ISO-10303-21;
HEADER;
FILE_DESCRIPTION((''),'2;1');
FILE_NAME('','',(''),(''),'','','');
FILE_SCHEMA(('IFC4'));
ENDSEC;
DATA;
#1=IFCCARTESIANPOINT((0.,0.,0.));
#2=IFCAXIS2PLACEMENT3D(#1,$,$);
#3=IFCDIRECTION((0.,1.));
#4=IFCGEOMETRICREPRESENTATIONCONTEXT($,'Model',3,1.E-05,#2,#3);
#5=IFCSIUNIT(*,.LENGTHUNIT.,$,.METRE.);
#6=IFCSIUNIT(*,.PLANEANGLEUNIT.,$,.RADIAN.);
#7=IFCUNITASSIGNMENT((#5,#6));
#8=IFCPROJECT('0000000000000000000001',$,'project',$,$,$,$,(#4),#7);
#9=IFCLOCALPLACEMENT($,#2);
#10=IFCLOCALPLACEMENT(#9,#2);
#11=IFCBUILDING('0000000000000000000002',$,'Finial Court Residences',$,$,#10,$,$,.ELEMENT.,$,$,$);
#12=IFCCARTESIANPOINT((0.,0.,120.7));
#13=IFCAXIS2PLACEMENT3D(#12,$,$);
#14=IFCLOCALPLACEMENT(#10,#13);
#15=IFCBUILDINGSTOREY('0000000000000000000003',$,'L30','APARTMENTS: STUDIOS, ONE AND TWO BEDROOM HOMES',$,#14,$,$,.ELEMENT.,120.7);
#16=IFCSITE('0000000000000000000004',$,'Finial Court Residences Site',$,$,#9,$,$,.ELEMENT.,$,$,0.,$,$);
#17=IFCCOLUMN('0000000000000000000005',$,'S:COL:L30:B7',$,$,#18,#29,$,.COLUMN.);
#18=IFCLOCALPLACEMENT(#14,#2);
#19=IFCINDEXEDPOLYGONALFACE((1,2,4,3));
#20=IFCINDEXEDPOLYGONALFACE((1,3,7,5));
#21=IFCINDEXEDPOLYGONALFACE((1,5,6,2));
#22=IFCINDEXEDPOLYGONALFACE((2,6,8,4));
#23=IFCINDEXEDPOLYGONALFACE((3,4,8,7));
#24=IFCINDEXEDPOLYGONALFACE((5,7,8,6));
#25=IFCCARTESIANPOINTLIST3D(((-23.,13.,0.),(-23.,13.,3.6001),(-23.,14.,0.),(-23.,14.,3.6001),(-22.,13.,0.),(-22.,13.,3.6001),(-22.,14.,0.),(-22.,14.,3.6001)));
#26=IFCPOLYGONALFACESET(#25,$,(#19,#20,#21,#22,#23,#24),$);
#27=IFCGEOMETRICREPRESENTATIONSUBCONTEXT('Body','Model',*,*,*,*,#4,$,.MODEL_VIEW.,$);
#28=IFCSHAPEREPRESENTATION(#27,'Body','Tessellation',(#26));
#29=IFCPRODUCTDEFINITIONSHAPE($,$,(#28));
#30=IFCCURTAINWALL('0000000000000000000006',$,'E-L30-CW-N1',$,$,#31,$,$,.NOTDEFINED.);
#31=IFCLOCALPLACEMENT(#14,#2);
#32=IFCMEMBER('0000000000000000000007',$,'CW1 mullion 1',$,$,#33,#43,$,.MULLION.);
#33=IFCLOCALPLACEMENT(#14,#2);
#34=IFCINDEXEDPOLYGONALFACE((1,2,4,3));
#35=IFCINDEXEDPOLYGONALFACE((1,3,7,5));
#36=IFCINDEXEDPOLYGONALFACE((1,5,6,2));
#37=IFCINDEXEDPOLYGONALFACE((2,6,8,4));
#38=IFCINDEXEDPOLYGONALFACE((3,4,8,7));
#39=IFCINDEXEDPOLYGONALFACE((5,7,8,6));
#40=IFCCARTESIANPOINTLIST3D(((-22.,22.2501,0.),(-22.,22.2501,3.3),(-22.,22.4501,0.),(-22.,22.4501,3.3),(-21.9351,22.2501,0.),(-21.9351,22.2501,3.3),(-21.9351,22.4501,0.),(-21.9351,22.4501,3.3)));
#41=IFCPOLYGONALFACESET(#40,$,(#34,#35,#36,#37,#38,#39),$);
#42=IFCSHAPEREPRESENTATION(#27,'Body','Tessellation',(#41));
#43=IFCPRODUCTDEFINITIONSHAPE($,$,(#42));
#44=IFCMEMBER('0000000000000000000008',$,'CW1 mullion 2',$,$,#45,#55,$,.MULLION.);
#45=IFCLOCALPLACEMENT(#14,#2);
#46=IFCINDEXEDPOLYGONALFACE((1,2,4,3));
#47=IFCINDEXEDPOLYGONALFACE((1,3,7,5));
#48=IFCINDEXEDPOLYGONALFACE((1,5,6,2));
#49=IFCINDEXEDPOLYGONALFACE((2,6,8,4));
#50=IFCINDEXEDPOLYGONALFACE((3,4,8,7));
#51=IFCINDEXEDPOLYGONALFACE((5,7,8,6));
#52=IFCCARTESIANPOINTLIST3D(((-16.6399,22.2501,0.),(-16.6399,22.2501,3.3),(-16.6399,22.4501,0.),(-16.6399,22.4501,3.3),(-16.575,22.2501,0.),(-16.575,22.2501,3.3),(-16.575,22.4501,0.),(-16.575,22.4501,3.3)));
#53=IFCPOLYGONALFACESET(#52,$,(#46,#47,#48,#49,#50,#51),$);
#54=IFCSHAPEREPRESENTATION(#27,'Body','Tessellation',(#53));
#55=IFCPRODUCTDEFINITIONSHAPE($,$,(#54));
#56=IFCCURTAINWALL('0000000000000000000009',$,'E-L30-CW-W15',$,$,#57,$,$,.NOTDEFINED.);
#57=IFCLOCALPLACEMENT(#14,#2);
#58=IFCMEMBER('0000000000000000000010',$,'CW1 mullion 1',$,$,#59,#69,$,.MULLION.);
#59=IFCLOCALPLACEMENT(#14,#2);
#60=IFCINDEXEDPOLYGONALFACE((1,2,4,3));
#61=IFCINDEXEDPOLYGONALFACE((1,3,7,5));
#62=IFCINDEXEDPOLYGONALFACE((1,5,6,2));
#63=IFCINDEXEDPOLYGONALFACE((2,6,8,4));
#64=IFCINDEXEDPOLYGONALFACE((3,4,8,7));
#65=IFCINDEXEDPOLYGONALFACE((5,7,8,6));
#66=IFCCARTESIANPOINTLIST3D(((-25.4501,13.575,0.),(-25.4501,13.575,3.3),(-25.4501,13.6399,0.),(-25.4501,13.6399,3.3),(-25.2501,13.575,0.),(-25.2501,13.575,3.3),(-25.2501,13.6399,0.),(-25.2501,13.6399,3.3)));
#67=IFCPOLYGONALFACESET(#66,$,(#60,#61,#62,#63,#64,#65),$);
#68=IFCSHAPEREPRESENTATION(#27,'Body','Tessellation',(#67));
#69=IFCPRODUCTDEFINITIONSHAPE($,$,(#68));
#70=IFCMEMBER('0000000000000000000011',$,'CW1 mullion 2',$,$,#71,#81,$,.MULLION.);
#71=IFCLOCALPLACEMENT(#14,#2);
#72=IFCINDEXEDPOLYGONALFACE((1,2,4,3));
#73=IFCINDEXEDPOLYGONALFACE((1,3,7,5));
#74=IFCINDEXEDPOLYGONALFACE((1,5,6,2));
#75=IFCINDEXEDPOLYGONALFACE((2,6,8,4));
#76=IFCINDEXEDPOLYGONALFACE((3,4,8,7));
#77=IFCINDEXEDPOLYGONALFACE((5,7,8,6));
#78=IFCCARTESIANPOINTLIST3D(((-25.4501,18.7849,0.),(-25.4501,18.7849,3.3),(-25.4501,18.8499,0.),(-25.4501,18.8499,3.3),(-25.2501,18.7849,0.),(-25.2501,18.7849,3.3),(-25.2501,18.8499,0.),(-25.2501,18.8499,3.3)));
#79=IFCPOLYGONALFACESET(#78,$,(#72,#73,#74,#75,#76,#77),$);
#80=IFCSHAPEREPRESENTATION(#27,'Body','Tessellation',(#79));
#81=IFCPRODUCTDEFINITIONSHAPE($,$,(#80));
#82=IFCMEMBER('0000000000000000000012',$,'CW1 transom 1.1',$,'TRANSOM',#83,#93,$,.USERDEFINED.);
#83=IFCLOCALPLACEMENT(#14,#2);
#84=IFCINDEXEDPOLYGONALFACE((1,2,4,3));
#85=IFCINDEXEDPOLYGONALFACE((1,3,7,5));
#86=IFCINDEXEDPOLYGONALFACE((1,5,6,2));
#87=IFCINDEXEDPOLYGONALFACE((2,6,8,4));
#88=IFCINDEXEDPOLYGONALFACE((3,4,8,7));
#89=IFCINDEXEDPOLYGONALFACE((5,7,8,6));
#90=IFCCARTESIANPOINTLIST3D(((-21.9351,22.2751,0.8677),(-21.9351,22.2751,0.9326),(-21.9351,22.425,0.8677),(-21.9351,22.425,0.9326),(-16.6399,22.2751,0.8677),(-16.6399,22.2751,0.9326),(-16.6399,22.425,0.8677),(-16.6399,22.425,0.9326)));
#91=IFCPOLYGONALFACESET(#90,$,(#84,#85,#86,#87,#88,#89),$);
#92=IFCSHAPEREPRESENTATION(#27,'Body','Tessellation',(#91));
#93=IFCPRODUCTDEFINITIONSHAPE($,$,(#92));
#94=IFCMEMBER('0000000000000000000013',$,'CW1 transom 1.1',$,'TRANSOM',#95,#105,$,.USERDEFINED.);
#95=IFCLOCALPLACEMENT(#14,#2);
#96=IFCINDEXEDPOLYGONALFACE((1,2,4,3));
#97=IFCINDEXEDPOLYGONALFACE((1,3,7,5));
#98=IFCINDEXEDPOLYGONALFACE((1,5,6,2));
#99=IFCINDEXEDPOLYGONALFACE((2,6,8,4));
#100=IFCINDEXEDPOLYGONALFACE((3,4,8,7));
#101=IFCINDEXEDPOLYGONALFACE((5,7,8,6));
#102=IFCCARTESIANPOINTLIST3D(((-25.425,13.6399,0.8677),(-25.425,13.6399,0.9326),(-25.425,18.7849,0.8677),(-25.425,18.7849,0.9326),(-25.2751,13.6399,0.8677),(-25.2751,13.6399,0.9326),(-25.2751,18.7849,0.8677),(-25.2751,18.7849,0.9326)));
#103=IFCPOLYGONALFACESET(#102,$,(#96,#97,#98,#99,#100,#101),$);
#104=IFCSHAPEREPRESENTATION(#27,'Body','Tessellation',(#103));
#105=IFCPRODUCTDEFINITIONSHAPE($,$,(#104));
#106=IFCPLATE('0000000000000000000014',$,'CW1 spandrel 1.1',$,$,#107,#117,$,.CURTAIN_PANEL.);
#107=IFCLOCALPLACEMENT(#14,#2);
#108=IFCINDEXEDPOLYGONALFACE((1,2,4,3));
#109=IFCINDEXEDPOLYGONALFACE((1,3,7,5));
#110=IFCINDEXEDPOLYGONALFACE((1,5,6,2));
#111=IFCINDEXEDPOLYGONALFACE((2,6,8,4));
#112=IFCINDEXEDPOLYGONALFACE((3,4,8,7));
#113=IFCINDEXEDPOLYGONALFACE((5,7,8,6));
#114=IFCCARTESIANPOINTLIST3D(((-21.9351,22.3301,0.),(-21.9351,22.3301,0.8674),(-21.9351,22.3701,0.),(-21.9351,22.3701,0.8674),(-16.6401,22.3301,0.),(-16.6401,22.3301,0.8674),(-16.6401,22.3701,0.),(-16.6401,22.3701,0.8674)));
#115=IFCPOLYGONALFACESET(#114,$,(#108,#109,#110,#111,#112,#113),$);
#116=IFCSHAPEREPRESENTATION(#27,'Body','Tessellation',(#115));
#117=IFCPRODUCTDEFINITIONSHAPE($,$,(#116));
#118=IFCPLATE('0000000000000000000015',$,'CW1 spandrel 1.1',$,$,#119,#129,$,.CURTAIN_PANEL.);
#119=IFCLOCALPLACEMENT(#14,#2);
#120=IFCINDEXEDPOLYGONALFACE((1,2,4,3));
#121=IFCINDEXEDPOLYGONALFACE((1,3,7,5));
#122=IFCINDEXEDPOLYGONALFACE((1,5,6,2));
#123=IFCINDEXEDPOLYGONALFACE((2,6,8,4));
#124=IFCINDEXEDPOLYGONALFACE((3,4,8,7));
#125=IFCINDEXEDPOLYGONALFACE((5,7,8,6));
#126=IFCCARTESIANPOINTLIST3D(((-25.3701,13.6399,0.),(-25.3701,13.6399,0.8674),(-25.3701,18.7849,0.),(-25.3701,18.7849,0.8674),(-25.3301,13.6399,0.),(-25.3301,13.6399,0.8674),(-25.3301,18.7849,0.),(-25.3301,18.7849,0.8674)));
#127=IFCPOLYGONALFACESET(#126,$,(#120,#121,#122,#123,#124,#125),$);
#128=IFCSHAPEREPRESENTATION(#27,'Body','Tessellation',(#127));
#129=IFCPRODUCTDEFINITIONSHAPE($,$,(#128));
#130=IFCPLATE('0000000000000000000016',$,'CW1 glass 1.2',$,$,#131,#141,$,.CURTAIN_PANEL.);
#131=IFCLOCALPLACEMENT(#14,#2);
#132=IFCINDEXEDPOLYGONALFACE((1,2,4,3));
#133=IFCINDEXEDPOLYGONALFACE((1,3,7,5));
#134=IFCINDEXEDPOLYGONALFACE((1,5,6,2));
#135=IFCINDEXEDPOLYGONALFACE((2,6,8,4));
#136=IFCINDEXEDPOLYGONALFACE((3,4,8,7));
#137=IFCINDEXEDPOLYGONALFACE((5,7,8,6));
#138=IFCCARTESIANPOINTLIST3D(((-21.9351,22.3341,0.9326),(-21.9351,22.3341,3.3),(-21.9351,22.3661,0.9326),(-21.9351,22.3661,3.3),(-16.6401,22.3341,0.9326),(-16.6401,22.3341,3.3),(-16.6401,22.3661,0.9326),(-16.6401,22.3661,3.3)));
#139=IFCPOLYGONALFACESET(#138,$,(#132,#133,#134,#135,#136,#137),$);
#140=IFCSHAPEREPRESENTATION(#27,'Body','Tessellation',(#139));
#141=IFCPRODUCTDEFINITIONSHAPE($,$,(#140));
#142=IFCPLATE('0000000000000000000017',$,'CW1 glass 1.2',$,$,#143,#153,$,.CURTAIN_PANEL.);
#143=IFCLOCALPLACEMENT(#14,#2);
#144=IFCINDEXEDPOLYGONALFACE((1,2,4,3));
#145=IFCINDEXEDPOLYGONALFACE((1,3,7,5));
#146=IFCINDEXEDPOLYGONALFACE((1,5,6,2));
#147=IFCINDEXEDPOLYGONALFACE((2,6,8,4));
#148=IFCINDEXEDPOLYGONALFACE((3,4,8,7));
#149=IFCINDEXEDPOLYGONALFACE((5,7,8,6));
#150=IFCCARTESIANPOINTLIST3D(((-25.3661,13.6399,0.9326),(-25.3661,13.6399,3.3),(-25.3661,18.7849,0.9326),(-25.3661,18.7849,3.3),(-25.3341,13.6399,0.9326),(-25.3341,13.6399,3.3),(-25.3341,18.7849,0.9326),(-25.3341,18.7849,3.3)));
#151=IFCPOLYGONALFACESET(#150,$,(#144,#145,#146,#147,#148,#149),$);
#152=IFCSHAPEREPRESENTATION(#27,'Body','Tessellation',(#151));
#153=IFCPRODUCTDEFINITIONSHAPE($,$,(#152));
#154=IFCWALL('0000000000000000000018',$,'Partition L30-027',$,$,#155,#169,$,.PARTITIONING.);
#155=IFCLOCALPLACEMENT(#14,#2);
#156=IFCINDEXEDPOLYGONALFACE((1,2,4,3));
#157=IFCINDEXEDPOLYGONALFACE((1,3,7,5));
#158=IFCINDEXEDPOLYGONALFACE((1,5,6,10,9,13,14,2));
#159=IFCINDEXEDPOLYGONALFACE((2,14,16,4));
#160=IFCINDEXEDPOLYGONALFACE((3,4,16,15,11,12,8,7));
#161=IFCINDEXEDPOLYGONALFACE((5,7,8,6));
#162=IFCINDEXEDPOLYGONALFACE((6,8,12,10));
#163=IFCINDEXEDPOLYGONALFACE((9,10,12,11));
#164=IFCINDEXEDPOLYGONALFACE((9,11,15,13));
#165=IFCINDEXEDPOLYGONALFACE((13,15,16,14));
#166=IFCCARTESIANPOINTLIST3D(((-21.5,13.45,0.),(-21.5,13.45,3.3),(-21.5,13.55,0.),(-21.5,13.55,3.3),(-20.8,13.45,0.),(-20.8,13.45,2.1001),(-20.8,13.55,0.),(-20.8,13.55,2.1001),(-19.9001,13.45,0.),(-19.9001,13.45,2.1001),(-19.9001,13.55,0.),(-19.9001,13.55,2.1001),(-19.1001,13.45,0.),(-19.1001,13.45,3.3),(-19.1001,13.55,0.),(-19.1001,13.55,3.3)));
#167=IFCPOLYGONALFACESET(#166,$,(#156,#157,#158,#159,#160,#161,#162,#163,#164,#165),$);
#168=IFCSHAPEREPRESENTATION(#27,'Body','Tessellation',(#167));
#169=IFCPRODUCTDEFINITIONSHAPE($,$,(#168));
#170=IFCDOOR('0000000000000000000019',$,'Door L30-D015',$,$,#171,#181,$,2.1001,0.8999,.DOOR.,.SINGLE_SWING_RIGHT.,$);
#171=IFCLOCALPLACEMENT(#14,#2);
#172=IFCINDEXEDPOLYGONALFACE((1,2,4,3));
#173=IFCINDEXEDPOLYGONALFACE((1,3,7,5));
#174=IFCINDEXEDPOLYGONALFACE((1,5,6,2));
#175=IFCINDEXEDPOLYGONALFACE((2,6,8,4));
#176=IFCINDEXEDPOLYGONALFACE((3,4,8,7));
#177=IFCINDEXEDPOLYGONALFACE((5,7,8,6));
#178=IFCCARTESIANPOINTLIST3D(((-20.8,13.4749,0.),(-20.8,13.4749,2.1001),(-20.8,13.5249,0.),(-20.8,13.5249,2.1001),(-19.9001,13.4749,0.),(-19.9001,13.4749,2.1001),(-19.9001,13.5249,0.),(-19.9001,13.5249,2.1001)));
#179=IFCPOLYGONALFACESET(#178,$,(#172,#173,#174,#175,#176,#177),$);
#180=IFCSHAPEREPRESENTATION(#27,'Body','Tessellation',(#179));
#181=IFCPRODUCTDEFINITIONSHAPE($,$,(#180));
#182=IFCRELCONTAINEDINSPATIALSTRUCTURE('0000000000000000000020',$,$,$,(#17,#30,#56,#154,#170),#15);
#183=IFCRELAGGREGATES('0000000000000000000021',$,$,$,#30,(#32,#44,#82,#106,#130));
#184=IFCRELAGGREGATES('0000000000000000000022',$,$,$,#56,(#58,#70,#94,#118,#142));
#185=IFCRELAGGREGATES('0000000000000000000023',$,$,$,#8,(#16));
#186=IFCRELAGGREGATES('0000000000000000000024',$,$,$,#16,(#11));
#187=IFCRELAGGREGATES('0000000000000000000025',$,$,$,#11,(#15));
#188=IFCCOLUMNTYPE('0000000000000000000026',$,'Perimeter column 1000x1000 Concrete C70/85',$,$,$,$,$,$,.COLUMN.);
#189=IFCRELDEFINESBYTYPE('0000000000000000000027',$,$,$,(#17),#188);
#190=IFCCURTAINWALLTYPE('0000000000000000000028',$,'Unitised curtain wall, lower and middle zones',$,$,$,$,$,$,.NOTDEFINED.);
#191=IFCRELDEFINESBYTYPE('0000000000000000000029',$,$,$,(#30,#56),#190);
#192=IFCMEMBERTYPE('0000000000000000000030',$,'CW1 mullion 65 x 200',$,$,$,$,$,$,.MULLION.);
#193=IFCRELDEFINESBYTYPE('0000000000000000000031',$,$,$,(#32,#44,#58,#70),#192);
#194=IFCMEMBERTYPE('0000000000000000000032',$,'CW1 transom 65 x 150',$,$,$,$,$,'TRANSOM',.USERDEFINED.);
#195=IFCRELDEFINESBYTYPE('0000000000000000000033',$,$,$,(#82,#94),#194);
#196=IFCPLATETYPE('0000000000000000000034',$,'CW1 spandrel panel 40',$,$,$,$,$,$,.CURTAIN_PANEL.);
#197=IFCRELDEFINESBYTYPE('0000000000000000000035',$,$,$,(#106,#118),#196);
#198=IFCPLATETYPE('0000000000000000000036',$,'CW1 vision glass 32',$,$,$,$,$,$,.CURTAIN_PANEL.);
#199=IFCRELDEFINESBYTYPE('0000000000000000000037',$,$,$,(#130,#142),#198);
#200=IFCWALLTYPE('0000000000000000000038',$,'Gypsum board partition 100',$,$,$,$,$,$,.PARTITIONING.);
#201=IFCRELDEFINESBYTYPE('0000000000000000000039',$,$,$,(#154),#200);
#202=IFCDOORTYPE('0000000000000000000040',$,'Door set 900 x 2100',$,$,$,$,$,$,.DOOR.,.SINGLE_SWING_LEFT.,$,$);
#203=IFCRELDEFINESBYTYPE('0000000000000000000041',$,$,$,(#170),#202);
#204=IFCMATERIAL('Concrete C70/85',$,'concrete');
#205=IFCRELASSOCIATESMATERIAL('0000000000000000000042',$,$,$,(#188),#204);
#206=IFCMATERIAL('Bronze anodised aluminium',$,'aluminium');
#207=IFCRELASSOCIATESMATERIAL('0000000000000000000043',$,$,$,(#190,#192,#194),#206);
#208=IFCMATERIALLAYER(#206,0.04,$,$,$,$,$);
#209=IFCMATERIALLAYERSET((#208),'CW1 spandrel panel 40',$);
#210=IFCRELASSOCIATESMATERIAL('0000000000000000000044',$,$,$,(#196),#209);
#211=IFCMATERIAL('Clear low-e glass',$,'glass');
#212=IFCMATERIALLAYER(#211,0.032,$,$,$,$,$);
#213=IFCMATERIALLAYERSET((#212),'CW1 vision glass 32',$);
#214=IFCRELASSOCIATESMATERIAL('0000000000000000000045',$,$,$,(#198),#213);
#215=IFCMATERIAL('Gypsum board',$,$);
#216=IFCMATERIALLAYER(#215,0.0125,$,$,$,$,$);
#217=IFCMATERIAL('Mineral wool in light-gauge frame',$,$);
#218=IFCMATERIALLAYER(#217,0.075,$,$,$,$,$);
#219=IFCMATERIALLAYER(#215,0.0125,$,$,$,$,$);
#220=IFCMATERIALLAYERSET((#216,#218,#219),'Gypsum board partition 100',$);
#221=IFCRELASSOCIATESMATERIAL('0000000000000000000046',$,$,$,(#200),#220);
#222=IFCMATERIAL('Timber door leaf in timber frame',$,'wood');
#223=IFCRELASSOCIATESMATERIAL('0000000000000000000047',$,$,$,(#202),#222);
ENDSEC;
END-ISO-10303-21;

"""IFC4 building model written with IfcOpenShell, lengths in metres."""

from ifc_helpers import new_model, si_unit, direction, frame, frame_2d, origin, origin_2d, place, context, subcontext, project, spatial, rectangle, extrude, material, layer, layer_set, material_profile, profile_set, type_object, element, fill, aggregate, save


model = new_model("IFC4")

# Units and contexts
model_context = context("Model", 3, precision=1e-05, world=origin(), true_north=direction((0.0, 1.0)))
body_context = subcontext(model_context, "Body", "Model", "MODEL_VIEW")
ifc_project = project(units=[si_unit("LENGTHUNIT", "METRE"), si_unit("PLANEANGLEUNIT", "RADIAN")], contexts=[model_context])

# Site, building, storey
site_placement = place(None, origin())
site = spatial("IfcSite", under=ifc_project, at=site_placement, Name="Finial Court Residences Site", CompositionType="ELEMENT", RefElevation=0.0)
building_placement = place(site_placement, origin())
building = spatial("IfcBuilding", under=site, at=building_placement, Name="Finial Court Residences", CompositionType="ELEMENT")
storey_placement = place(building_placement, frame((0.0, 0.0, 120.7)))
storey = spatial("IfcBuildingStorey", under=building, at=storey_placement, Name="L30", Description="APARTMENTS: STUDIOS, ONE AND TWO BEDROOM HOMES", CompositionType="ELEMENT", Elevation=120.7)

# Column
ifc_material_1 = material(Name="Concrete C70/85", Category="concrete")
ifc_material_profile_1 = material_profile(ifc_material_1, rectangle(XDim=1.0, YDim=1.0, at=origin_2d()), Name="1000x1000")
ifc_profile_set_1 = profile_set([ifc_material_profile_1], Name="Concrete C70/85")
column_type = type_object("IfcColumnType", Name="Perimeter column 1000x1000 Concrete C70/85", PredefinedType="COLUMN", material=ifc_profile_set_1)
column_placement = place(storey_placement, frame((-22.5, 13.5, 0.0), z_axis=(0.0, 0.0, 1.0), x_axis=(1.0, 0.0, 0.0)))
element("IfcColumn", 1, at=column_placement, inside=storey, type_object=column_type, Name="S:COL:L30:B7", PredefinedType="COLUMN", context=body_context, shape_type="SweptSolid", body=[
    extrude(rectangle(XDim=1.0, YDim=1.0, at=origin_2d()), origin(), (0.0, 0.0, 1.0), 3.6001),
])

# Curtain walls, members
ifc_material_2 = material(Name="Bronze anodised aluminium", Category="aluminium")
curtain_wall_type = type_object("IfcCurtainWallType", Name="Unitised curtain wall, lower and middle zones", PredefinedType="NOTDEFINED", material=ifc_material_2)
curtain_wall_1_placement = place(storey_placement, origin())
curtain_wall_1 = element("IfcCurtainWall", 2, at=curtain_wall_1_placement, inside=storey, type_object=curtain_wall_type, Name="E-L30-CW-N1", PredefinedType="NOTDEFINED")
ifc_material_profile_2 = material_profile(ifc_material_2, rectangle(XDim=0.2, YDim=0.0649, at=origin_2d()), Name="CW1 mullion 65 x 200")
ifc_profile_set_2 = profile_set([ifc_material_profile_2], Name="Bronze anodised aluminium")
member_type_1 = type_object("IfcMemberType", Name="CW1 mullion 65 x 200", PredefinedType="MULLION", material=ifc_profile_set_2)
member_1_placement = place(storey_placement, frame((-21.9675, 22.3501, 0.0), z_axis=(0.0, 0.0, 1.0), x_axis=(0.0, 1.0, 0.0)))
member_1 = element("IfcMember", 3, at=member_1_placement, type_object=member_type_1, Name="CW1 mullion 1", PredefinedType="MULLION", context=body_context, shape_type="SweptSolid", body=[
    extrude(rectangle(XDim=0.2, YDim=0.0649, at=origin_2d()), origin(), (0.0, 0.0, 1.0), 3.3),
])
member_2_placement = place(storey_placement, frame((-16.6074, 22.3501, 0.0), z_axis=(0.0, 0.0, 1.0), x_axis=(0.0, 1.0, 0.0)))
member_2 = element("IfcMember", 4, at=member_2_placement, type_object=member_type_1, Name="CW1 mullion 2", PredefinedType="MULLION", context=body_context, shape_type="SweptSolid", body=[
    extrude(rectangle(XDim=0.2, YDim=0.0649, at=origin_2d()), origin(), (0.0, 0.0, 1.0), 3.3),
])
curtain_wall_2_placement = place(storey_placement, origin())
curtain_wall_2 = element("IfcCurtainWall", 5, at=curtain_wall_2_placement, inside=storey, type_object=curtain_wall_type, Name="E-L30-CW-W15", PredefinedType="NOTDEFINED")
member_3_placement = place(storey_placement, frame((-25.3501, 13.6074, 0.0), z_axis=(0.0, 0.0, 1.0), x_axis=(-1.0, 0.0, 0.0)))
member_3 = element("IfcMember", 6, at=member_3_placement, type_object=member_type_1, Name="CW1 mullion 1", PredefinedType="MULLION", context=body_context, shape_type="SweptSolid", body=[
    extrude(rectangle(XDim=0.2, YDim=0.0649, at=origin_2d()), origin(), (0.0, 0.0, 1.0), 3.3),
])
member_4_placement = place(storey_placement, frame((-25.3501, 18.8174, 0.0), z_axis=(0.0, 0.0, 1.0), x_axis=(-1.0, 0.0, 0.0)))
member_4 = element("IfcMember", 7, at=member_4_placement, type_object=member_type_1, Name="CW1 mullion 2", PredefinedType="MULLION", context=body_context, shape_type="SweptSolid", body=[
    extrude(rectangle(XDim=0.2, YDim=0.0649, at=origin_2d()), origin(), (0.0, 0.0, 1.0), 3.3),
])

# Members
ifc_material_profile_3 = material_profile(ifc_material_2, rectangle(XDim=0.1499, YDim=0.0649, at=origin_2d()), Name="CW1 transom 65 x 150")
ifc_profile_set_3 = profile_set([ifc_material_profile_3], Name="Bronze anodised aluminium")
member_type_2 = type_object("IfcMemberType", Name="CW1 transom 65 x 150", ElementType="TRANSOM", PredefinedType="USERDEFINED", material=ifc_profile_set_3)
member_5_placement = place(storey_placement, frame((-21.9351, 22.3501, 0.9001), z_axis=(1.0, 0.0, 0.0), x_axis=(0.0, 1.0, 0.0)))
member_5 = element("IfcMember", 8, at=member_5_placement, type_object=member_type_2, Name="CW1 transom 1.1", ObjectType="TRANSOM", PredefinedType="USERDEFINED", context=body_context, shape_type="SweptSolid", body=[
    extrude(rectangle(XDim=0.1499, YDim=0.0649, at=origin_2d()), origin(), (0.0, 0.0, 1.0), 5.2952),
])
member_6_placement = place(storey_placement, frame((-25.3501, 13.6399, 0.9001), z_axis=(0.0, 1.0, 0.0), x_axis=(-1.0, 0.0, 0.0)))
member_6 = element("IfcMember", 9, at=member_6_placement, type_object=member_type_2, Name="CW1 transom 1.1", ObjectType="TRANSOM", PredefinedType="USERDEFINED", context=body_context, shape_type="SweptSolid", body=[
    extrude(rectangle(XDim=0.1499, YDim=0.0649, at=origin_2d()), origin(), (0.0, 0.0, 1.0), 5.145),
])

# Plates
ifc_layer_1 = layer(ifc_material_2, 0.04)
ifc_layer_set_1 = layer_set([ifc_layer_1], Name="CW1 spandrel panel 40")
plate_type_1 = type_object("IfcPlateType", Name="CW1 spandrel panel 40", PredefinedType="CURTAIN_PANEL", material=ifc_layer_set_1)
plate_1_placement = place(storey_placement, frame((-19.2876, 22.3501, 0.0), z_axis=(0.0, 0.0, 1.0), x_axis=(1.0, 0.0, 0.0)))
plate_1 = element("IfcPlate", 10, at=plate_1_placement, type_object=plate_type_1, Name="CW1 spandrel 1.1", PredefinedType="CURTAIN_PANEL", context=body_context, shape_type="SweptSolid", body=[
    extrude(rectangle(XDim=5.2949, YDim=0.04, at=origin_2d()), origin(), (0.0, 0.0, 1.0), 0.8674),
])
plate_2_placement = place(storey_placement, frame((-25.3501, 16.2124, 0.0), z_axis=(0.0, 0.0, 1.0), x_axis=(0.0, 1.0, 0.0)))
plate_2 = element("IfcPlate", 11, at=plate_2_placement, type_object=plate_type_1, Name="CW1 spandrel 1.1", PredefinedType="CURTAIN_PANEL", context=body_context, shape_type="SweptSolid", body=[
    extrude(rectangle(XDim=5.145, YDim=0.04, at=origin_2d()), origin(), (0.0, 0.0, 1.0), 0.8674),
])
ifc_material_3 = material(Name="Clear low-e glass", Category="glass")
ifc_layer_2 = layer(ifc_material_3, 0.032)
ifc_layer_set_2 = layer_set([ifc_layer_2], Name="CW1 vision glass 32")
plate_type_2 = type_object("IfcPlateType", Name="CW1 vision glass 32", PredefinedType="CURTAIN_PANEL", material=ifc_layer_set_2)
plate_3_placement = place(storey_placement, frame((-19.2876, 22.3501, 0.9326), z_axis=(0.0, 0.0, 1.0), x_axis=(1.0, 0.0, 0.0)))
plate_3 = element("IfcPlate", 12, at=plate_3_placement, type_object=plate_type_2, Name="CW1 glass 1.2", PredefinedType="CURTAIN_PANEL", context=body_context, shape_type="SweptSolid", body=[
    extrude(rectangle(XDim=5.2949, YDim=0.032, at=origin_2d()), origin(), (0.0, 0.0, 1.0), 2.3674),
])
aggregate(curtain_wall_1, [member_1, member_2, member_5, plate_1, plate_3])
plate_4_placement = place(storey_placement, frame((-25.3501, 16.2124, 0.9326), z_axis=(0.0, 0.0, 1.0), x_axis=(0.0, 1.0, 0.0)))
plate_4 = element("IfcPlate", 13, at=plate_4_placement, type_object=plate_type_2, Name="CW1 glass 1.2", PredefinedType="CURTAIN_PANEL", context=body_context, shape_type="SweptSolid", body=[
    extrude(rectangle(XDim=5.145, YDim=0.032, at=origin_2d()), origin(), (0.0, 0.0, 1.0), 2.3674),
])
aggregate(curtain_wall_2, [member_3, member_4, member_6, plate_2, plate_4])

# Wall, opening, door
ifc_material_4 = material(Name="Gypsum board")
ifc_layer_3 = layer(ifc_material_4, 0.0125)
ifc_material_5 = material(Name="Mineral wool in light-gauge frame")
ifc_layer_4 = layer(ifc_material_5, 0.075)
ifc_layer_5 = layer(ifc_material_4, 0.0125)
ifc_layer_set_3 = layer_set([ifc_layer_3, ifc_layer_4, ifc_layer_5], Name="Gypsum board partition 100")
wall_type_1 = type_object("IfcWallType", Name="Gypsum board partition 100", PredefinedType="PARTITIONING", material=ifc_layer_set_3)
wall_1_placement = place(storey_placement, frame((-21.5, 13.5, 0.0), z_axis=(0.0, 0.0, 1.0), x_axis=(1.0, 0.0, 0.0)))
wall_1 = element("IfcWall", 14, at=wall_1_placement, inside=storey, type_object=wall_type_1, Name="Partition L30-027", PredefinedType="PARTITIONING", context=body_context, shape_type="SweptSolid", body=[
    extrude(rectangle(XDim=2.3999, YDim=0.1001, at=frame_2d((1.2, 0.0))), origin(), (0.0, 0.0, 1.0), 3.3),
])
opening_1_placement = place(wall_1_placement, frame((0.7, 0.0, 0.0)))
opening_1 = element("IfcOpeningElement", 15, at=opening_1_placement, cuts=wall_1, PredefinedType="OPENING", context=body_context, shape_type="SweptSolid", body=[
    extrude(rectangle(XDim=0.8999, YDim=2.1001, at=frame_2d((0.45, 1.05))), frame((0.0, 0.0601, 0.0), z_axis=(0.0, -1.0, 0.0), x_axis=(1.0, 0.0, 0.0)), (0.0, 0.0, 1.0), 0.1201),
])
ifc_material_6 = material(Name="Timber door leaf in timber frame", Category="wood")
door_type = type_object("IfcDoorType", Name="Door set 900 x 2100", OperationType="SINGLE_SWING_LEFT", PredefinedType="DOOR", material=ifc_material_6)
door_placement = place(opening_1_placement, origin())
door = element("IfcDoor", 16, at=door_placement, inside=storey, type_object=door_type, Name="Door L30-D015", OperationType="SINGLE_SWING_RIGHT", OverallHeight=2.1001, OverallWidth=0.8999, PredefinedType="DOOR", context=body_context, shape_type="SweptSolid", body=[
    extrude(rectangle(XDim=0.8999, YDim=2.1001, at=frame_2d((0.45, 1.05))), frame((0.0, 0.0249, 0.0), z_axis=(0.0, -1.0, 0.0), x_axis=(1.0, 0.0, 0.0)), (0.0, 0.0, 1.0), 0.05),
])
fill(opening_1, door)

save(model, "model.ifc")
